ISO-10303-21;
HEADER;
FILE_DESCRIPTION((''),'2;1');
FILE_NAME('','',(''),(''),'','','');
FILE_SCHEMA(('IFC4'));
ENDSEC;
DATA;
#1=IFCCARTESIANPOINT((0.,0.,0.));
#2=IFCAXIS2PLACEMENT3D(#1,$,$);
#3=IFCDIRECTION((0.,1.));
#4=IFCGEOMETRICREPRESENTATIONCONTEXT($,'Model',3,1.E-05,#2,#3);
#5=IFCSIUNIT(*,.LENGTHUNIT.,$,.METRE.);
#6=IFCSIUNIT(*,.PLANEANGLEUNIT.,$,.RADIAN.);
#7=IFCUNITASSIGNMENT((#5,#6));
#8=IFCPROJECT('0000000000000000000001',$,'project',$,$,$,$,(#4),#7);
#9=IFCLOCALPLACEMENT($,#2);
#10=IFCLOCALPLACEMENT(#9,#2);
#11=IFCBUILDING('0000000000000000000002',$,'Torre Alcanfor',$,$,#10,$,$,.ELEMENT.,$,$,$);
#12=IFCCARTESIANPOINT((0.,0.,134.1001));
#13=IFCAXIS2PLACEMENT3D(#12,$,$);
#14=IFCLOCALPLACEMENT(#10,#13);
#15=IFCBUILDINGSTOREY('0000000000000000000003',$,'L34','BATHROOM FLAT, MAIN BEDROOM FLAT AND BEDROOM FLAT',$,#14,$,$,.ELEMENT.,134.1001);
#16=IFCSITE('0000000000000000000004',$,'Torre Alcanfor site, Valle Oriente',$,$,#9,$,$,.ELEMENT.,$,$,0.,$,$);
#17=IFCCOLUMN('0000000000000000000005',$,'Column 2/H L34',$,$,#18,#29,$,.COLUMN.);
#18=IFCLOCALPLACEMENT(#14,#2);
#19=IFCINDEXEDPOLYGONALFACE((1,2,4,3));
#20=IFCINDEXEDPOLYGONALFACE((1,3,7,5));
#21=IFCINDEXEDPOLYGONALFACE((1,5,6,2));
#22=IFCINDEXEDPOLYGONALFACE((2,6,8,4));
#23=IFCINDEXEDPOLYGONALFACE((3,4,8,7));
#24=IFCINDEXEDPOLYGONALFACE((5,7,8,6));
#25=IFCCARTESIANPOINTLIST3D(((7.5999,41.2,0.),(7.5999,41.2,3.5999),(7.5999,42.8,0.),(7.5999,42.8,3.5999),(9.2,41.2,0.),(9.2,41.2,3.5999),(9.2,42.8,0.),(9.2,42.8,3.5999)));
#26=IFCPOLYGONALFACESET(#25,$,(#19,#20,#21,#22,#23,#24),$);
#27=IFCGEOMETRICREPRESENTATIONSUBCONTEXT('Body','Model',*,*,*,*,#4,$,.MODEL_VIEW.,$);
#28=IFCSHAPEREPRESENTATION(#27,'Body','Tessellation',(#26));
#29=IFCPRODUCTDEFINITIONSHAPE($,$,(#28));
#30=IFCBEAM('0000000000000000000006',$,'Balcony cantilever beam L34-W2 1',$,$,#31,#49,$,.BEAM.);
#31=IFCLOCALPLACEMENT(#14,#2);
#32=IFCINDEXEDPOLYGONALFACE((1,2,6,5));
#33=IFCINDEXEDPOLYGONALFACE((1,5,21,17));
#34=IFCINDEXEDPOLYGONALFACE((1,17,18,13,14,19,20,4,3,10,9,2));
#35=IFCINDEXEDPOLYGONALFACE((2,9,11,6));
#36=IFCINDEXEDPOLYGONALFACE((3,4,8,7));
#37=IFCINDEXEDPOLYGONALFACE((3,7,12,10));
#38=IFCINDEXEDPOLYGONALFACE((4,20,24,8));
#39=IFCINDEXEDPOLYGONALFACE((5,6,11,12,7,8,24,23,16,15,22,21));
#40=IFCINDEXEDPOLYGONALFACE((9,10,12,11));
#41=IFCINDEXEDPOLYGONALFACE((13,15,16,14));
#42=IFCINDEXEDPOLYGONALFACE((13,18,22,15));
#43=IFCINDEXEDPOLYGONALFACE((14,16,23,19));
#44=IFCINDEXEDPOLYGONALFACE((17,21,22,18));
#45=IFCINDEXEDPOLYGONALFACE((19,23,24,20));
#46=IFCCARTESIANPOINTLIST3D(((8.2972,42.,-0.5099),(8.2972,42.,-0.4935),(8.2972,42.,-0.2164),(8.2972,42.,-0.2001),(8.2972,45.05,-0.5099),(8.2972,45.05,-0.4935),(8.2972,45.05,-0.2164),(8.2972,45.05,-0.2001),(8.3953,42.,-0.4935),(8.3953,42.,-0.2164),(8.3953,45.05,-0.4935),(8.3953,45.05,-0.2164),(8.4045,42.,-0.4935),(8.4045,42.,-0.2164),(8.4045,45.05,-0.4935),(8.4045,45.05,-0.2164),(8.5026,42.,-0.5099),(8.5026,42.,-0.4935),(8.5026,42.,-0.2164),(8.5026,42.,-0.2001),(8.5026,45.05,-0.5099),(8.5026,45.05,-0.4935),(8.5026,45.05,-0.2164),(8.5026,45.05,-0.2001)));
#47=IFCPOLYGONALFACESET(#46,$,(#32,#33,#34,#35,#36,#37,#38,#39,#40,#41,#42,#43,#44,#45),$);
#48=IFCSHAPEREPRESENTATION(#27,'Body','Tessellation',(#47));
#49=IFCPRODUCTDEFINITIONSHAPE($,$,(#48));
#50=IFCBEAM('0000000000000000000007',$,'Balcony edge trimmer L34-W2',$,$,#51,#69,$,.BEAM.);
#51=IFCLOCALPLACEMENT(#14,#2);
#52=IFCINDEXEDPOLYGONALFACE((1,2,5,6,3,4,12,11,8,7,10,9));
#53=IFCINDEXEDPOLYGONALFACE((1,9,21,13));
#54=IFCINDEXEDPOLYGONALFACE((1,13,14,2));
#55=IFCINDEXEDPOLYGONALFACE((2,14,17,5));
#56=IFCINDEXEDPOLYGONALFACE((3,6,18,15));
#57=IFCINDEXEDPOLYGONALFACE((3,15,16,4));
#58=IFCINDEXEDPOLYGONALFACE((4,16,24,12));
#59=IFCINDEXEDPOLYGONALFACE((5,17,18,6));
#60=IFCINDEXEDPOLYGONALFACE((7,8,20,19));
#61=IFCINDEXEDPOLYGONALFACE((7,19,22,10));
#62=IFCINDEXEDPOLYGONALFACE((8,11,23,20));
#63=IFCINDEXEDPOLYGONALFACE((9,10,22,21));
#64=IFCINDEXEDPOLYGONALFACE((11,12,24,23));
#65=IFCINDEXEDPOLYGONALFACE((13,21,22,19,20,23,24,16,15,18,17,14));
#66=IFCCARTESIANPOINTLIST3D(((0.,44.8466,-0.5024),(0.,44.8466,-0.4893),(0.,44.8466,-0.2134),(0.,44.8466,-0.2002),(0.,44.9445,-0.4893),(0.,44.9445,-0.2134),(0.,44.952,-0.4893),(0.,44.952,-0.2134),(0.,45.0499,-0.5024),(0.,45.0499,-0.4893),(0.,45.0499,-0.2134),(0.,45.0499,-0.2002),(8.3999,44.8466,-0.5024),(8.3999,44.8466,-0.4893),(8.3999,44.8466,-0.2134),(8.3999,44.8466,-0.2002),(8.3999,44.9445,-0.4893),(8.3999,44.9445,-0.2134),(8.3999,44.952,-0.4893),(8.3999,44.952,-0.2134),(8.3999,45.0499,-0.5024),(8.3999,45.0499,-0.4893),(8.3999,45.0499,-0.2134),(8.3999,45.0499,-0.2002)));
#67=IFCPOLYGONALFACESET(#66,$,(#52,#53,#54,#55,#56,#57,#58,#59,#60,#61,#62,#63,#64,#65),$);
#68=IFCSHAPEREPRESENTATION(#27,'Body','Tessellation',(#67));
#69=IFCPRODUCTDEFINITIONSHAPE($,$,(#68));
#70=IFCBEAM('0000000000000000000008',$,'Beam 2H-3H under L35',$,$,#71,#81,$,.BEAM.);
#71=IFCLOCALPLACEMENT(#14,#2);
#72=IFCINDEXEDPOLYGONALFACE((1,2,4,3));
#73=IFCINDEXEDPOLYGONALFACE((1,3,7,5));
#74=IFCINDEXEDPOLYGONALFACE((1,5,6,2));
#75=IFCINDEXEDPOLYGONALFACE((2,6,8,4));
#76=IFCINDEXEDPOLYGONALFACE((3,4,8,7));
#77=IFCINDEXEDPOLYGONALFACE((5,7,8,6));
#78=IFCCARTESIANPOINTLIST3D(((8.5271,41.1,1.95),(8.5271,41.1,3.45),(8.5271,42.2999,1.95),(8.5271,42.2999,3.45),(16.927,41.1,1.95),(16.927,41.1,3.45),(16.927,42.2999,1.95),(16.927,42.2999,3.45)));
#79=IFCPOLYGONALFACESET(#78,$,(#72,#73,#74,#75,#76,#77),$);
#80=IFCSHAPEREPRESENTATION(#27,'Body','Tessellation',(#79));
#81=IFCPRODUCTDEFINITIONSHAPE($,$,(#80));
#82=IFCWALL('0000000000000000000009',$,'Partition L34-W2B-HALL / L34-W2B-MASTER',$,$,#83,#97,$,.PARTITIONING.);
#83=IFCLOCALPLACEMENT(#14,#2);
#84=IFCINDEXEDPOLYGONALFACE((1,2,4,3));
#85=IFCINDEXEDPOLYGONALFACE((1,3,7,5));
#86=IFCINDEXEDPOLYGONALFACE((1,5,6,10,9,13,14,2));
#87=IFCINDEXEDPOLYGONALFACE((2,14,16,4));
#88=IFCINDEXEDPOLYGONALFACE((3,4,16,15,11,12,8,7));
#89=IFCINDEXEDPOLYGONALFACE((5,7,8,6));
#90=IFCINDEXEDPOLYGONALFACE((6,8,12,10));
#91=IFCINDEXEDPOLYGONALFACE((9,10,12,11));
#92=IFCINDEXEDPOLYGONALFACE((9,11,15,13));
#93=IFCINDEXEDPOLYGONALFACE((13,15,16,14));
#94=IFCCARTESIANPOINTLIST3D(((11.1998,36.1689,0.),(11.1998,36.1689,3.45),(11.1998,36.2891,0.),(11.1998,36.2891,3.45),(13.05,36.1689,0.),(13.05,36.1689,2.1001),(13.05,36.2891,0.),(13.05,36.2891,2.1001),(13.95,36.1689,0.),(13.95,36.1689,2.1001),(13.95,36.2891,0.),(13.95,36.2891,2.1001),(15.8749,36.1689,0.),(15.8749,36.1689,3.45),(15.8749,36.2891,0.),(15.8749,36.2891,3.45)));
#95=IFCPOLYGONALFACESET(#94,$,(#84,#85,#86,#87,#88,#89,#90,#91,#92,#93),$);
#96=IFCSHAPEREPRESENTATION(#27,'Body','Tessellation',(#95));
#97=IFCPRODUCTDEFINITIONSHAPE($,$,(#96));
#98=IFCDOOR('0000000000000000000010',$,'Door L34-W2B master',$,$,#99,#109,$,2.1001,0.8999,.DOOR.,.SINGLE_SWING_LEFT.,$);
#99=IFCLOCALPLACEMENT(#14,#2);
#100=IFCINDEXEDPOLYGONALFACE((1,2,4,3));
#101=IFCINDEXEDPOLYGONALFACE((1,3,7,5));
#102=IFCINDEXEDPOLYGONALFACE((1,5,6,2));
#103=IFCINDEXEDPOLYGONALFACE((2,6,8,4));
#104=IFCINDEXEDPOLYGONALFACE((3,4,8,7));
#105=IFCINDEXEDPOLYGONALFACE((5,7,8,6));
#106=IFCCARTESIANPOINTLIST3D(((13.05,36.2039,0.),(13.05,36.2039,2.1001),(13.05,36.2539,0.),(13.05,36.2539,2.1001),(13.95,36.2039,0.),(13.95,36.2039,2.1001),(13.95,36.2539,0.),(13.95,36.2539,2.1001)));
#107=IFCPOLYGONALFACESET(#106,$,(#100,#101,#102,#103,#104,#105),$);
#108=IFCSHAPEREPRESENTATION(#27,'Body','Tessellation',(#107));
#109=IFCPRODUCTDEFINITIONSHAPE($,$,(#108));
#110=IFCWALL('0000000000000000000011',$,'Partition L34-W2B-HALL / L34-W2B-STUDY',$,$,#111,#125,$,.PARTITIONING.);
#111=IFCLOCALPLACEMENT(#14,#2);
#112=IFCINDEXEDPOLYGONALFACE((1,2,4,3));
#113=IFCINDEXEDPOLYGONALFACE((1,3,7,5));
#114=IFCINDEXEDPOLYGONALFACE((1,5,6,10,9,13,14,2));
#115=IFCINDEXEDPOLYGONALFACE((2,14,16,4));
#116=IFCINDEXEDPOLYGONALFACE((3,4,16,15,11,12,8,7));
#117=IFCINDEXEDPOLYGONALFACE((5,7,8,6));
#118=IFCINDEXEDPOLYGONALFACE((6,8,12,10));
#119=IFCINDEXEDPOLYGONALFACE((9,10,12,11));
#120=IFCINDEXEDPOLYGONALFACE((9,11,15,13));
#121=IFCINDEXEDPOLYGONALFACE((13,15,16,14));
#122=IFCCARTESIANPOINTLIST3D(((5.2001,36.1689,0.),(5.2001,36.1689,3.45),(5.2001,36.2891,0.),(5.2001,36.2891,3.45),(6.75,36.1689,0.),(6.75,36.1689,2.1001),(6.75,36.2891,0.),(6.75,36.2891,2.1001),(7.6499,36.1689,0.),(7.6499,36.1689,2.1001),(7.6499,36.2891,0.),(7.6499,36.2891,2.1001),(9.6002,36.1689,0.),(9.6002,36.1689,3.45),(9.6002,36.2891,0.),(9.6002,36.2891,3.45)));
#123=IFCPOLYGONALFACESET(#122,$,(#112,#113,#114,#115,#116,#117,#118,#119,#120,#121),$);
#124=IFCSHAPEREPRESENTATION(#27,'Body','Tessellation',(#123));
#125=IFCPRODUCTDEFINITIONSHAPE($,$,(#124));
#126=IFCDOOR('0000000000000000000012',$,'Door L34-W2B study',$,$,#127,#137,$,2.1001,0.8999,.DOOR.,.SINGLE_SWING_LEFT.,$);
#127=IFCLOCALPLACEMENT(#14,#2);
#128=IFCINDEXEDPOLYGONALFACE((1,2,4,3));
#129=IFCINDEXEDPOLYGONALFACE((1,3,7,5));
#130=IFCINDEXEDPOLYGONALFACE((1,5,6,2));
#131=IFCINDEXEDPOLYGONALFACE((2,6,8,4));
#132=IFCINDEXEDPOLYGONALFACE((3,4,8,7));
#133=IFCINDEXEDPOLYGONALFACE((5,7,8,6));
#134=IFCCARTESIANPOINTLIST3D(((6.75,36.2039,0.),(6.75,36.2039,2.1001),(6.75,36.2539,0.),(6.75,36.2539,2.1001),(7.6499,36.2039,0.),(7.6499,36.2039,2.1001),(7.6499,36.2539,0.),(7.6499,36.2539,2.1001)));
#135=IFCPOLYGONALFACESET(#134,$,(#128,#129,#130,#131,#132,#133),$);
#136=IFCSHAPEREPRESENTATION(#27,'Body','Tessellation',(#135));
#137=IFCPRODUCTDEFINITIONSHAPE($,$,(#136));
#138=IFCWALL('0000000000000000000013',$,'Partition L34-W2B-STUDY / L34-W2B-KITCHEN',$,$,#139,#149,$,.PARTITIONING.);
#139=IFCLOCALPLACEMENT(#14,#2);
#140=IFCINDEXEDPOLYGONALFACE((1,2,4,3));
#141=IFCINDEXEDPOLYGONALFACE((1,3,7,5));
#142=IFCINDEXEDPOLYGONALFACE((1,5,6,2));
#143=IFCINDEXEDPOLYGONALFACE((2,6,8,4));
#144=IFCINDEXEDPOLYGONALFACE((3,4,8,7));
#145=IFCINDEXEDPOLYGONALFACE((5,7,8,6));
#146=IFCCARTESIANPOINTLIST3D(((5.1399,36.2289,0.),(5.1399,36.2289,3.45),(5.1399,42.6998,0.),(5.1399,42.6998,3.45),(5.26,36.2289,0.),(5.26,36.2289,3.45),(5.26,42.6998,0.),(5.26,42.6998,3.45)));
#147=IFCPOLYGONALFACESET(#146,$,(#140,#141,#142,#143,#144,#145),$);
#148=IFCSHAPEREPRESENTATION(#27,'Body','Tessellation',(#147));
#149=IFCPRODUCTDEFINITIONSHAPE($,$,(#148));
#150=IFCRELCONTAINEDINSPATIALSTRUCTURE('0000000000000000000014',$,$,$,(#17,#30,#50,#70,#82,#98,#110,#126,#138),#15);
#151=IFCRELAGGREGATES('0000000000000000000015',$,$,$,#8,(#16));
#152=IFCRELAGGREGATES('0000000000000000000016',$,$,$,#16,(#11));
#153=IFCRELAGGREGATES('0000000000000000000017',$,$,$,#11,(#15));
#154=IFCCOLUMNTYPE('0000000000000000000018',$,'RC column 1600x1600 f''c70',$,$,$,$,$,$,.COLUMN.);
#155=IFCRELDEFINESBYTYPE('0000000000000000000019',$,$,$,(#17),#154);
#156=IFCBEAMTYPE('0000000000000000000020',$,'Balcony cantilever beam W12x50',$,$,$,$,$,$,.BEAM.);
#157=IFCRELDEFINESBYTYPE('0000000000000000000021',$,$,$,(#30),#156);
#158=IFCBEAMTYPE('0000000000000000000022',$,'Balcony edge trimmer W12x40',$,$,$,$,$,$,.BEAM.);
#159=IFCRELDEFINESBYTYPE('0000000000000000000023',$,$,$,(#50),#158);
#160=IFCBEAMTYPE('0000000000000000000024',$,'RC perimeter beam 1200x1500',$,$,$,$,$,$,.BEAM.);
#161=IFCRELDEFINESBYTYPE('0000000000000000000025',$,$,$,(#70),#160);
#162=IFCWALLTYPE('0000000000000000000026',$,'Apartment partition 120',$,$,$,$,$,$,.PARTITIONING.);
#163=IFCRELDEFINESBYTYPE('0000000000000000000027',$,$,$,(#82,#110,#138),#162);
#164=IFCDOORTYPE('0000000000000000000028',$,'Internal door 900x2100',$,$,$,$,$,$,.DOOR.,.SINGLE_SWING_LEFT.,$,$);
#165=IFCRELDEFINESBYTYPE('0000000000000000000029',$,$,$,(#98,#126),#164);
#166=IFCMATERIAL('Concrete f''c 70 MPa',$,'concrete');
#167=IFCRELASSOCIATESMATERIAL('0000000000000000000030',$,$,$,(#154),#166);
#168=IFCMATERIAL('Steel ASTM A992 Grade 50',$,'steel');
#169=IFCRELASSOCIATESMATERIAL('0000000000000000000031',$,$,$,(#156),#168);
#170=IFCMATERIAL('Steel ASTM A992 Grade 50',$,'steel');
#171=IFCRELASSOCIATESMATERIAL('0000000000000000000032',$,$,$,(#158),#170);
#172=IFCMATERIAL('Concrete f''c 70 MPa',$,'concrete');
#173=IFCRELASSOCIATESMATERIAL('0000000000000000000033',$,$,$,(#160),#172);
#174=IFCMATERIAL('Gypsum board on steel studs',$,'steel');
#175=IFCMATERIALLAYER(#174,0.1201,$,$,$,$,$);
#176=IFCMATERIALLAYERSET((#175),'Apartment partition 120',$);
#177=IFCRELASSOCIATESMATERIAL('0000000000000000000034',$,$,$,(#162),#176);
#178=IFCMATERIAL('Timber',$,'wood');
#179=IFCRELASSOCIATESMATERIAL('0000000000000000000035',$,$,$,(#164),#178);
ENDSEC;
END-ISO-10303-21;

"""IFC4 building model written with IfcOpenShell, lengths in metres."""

from ifc_helpers import new_model, si_unit, direction, frame, frame_2d, origin, origin_2d, place, context, subcontext, project, spatial, rectangle, i_section, extrude, material, layer, layer_set, material_profile, profile_set, type_object, element, fill, save


model = new_model("IFC4")

# Units and contexts
model_context = context("Model", 3, precision=1e-05, world=origin(), true_north=direction((0.0, 1.0)))
body_context = subcontext(model_context, "Body", "Model", "MODEL_VIEW")
ifc_project = project(units=[si_unit("LENGTHUNIT", "METRE"), si_unit("PLANEANGLEUNIT", "RADIAN")], contexts=[model_context])

# Site, building, storey
site_placement = place(None, origin())
site = spatial("IfcSite", under=ifc_project, at=site_placement, Name="Torre Alcanfor site, Valle Oriente", CompositionType="ELEMENT", RefElevation=0.0)
building_placement = place(site_placement, origin())
building = spatial("IfcBuilding", under=site, at=building_placement, Name="Torre Alcanfor", CompositionType="ELEMENT")
storey_placement = place(building_placement, frame((0.0, 0.0, 134.1001)))
storey = spatial("IfcBuildingStorey", under=building, at=storey_placement, Name="L34", Description="BATHROOM FLAT, MAIN BEDROOM FLAT AND BEDROOM FLAT", CompositionType="ELEMENT", Elevation=134.1001)

# Column
ifc_material_1 = material(Name="Concrete f'c 70 MPa", Category="concrete")
ifc_material_profile_1 = material_profile(ifc_material_1, rectangle(XDim=1.6001, YDim=1.6001, at=origin_2d()), Name="1600x1600")
ifc_profile_set_1 = profile_set([ifc_material_profile_1], Name="Concrete f'c 70 MPa")
column_type = type_object("IfcColumnType", Name="RC column 1600x1600 f'c70", PredefinedType="COLUMN", material=ifc_profile_set_1)
column_placement = place(storey_placement, frame((8.3999, 42.0, 0.0), z_axis=(0.0, 0.0, 1.0), x_axis=(1.0, 0.0, 0.0)))
element("IfcColumn", 1, at=column_placement, inside=storey, type_object=column_type, Name="Column 2/H L34", PredefinedType="COLUMN", context=body_context, shape_type="SweptSolid", body=[
    extrude(rectangle(XDim=1.6001, YDim=1.6001, at=origin_2d()), origin(), (0.0, 0.0, 1.0), 3.5999),
])

# Beams
ifc_material_2 = material(Name="Steel ASTM A992 Grade 50", Category="steel")
ifc_material_profile_2 = material_profile(ifc_material_2, i_section(OverallWidth=0.2053, OverallDepth=0.3098, WebThickness=0.0093, FlangeThickness=0.0164, at=origin_2d()), Name="W12x50")
ifc_profile_set_2 = profile_set([ifc_material_profile_2], Name="Steel ASTM A992 Grade 50")
beam_type_1 = type_object("IfcBeamType", Name="Balcony cantilever beam W12x50", PredefinedType="BEAM", material=ifc_profile_set_2)
beam_1_placement = place(storey_placement, frame((8.3999, 42.0, -0.355), z_axis=(0.0, 1.0, 0.0), x_axis=(-1.0, 0.0, 0.0)))
element("IfcBeam", 2, at=beam_1_placement, inside=storey, type_object=beam_type_1, Name="Balcony cantilever beam L34-W2 1", PredefinedType="BEAM", context=body_context, shape_type="SweptSolid", body=[
    extrude(i_section(OverallWidth=0.2053, OverallDepth=0.3098, WebThickness=0.0093, FlangeThickness=0.0164, at=origin_2d()), origin(), (0.0, 0.0, 1.0), 3.05),
])
ifc_material_3 = material(Name="Steel ASTM A992 Grade 50", Category="steel")
ifc_material_profile_3 = material_profile(ifc_material_3, i_section(OverallWidth=0.2034, OverallDepth=0.3022, WebThickness=0.0076, FlangeThickness=0.0132, at=origin_2d()), Name="W12x40")
ifc_profile_set_3 = profile_set([ifc_material_profile_3], Name="Steel ASTM A992 Grade 50")
beam_type_2 = type_object("IfcBeamType", Name="Balcony edge trimmer W12x40", PredefinedType="BEAM", material=ifc_profile_set_3)
beam_2_placement = place(storey_placement, frame((8.3999, 44.9482, -0.3513), z_axis=(-1.0, 0.0, 0.0), x_axis=(0.0, -1.0, 0.0)))
element("IfcBeam", 3, at=beam_2_placement, inside=storey, type_object=beam_type_2, Name="Balcony edge trimmer L34-W2", PredefinedType="BEAM", context=body_context, shape_type="SweptSolid", body=[
    extrude(i_section(OverallWidth=0.2034, OverallDepth=0.3022, WebThickness=0.0076, FlangeThickness=0.0132, at=origin_2d()), origin(), (0.0, 0.0, 1.0), 8.3999),
])
ifc_material_4 = material(Name="Concrete f'c 70 MPa", Category="concrete")
ifc_material_profile_4 = material_profile(ifc_material_4, rectangle(XDim=1.2, YDim=1.5, at=origin_2d()), Name="1200x1500")
ifc_profile_set_4 = profile_set([ifc_material_profile_4], Name="Concrete f'c 70 MPa")
beam_type_3 = type_object("IfcBeamType", Name="RC perimeter beam 1200x1500", PredefinedType="BEAM", material=ifc_profile_set_4)
beam_3_placement = place(storey_placement, frame((8.5271, 41.7, 2.7), z_axis=(1.0, 0.0, 0.0), x_axis=(0.0, 1.0, 0.0)))
element("IfcBeam", 4, at=beam_3_placement, inside=storey, type_object=beam_type_3, Name="Beam 2H-3H under L35", PredefinedType="BEAM", context=body_context, shape_type="SweptSolid", body=[
    extrude(rectangle(XDim=1.2, YDim=1.5, at=origin_2d()), origin(), (0.0, 0.0, 1.0), 8.3999),
])

# Walls, openings, doors
ifc_material_5 = material(Name="Gypsum board on steel studs", Category="steel")
ifc_layer_1 = layer(ifc_material_5, 0.1201)
ifc_layer_set_1 = layer_set([ifc_layer_1], Name="Apartment partition 120")
wall_type_1 = type_object("IfcWallType", Name="Apartment partition 120", PredefinedType="PARTITIONING", material=ifc_layer_set_1)
wall_1_placement = place(storey_placement, frame((11.2, 36.229, 0.0), z_axis=(0.0, 0.0, 1.0), x_axis=(1.0, 0.0, 0.0)))
wall_1 = element("IfcWall", 5, at=wall_1_placement, inside=storey, type_object=wall_type_1, Name="Partition L34-W2B-HALL / L34-W2B-MASTER", PredefinedType="PARTITIONING", context=body_context, shape_type="SweptSolid", body=[
    extrude(rectangle(XDim=4.675, YDim=0.1201, at=frame_2d((2.3374, 0.0))), origin(), (0.0, 0.0, 1.0), 3.45),
])
opening_1_placement = place(wall_1_placement, frame((1.8501, 0.0, 0.0)))
opening_1 = element("IfcOpeningElement", 6, at=opening_1_placement, cuts=wall_1, PredefinedType="OPENING", context=body_context, shape_type="SweptSolid", body=[
    extrude(rectangle(XDim=0.8999, YDim=2.1001, at=frame_2d((0.45, 1.05))), frame((0.0, 0.0701, 0.0), z_axis=(0.0, -1.0, 0.0), x_axis=(1.0, 0.0, 0.0)), (0.0, 0.0, 1.0), 0.1401),
])
ifc_material_6 = material(Name="Timber", Category="wood")
door_type_1 = type_object("IfcDoorType", Name="Internal door 900x2100", OperationType="SINGLE_SWING_LEFT", PredefinedType="DOOR", material=ifc_material_6)
door_1_placement = place(opening_1_placement, origin())
door_1 = element("IfcDoor", 7, at=door_1_placement, inside=storey, type_object=door_type_1, Name="Door L34-W2B master", OperationType="SINGLE_SWING_LEFT", OverallHeight=2.1001, OverallWidth=0.8999, PredefinedType="DOOR", context=body_context, shape_type="SweptSolid", body=[
    extrude(rectangle(XDim=0.8999, YDim=2.1001, at=frame_2d((0.45, 1.05))), frame((0.0, 0.0249, 0.0), z_axis=(0.0, -1.0, 0.0), x_axis=(1.0, 0.0, 0.0)), (0.0, 0.0, 1.0), 0.05),
])
fill(opening_1, door_1)
wall_2_placement = place(storey_placement, frame((5.2, 36.229, 0.0), z_axis=(0.0, 0.0, 1.0), x_axis=(1.0, 0.0, 0.0)))
wall_2 = element("IfcWall", 8, at=wall_2_placement, inside=storey, type_object=wall_type_1, Name="Partition L34-W2B-HALL / L34-W2B-STUDY", PredefinedType="PARTITIONING", context=body_context, shape_type="SweptSolid", body=[
    extrude(rectangle(XDim=4.4001, YDim=0.1201, at=frame_2d((2.2002, 0.0))), origin(), (0.0, 0.0, 1.0), 3.45),
])
opening_2_placement = place(wall_2_placement, frame((1.55, 0.0, 0.0)))
opening_2 = element("IfcOpeningElement", 9, at=opening_2_placement, cuts=wall_2, PredefinedType="OPENING", context=body_context, shape_type="SweptSolid", body=[
    extrude(rectangle(XDim=0.8999, YDim=2.1001, at=frame_2d((0.45, 1.05))), frame((0.0, 0.0701, 0.0), z_axis=(0.0, -1.0, 0.0), x_axis=(1.0, 0.0, 0.0)), (0.0, 0.0, 1.0), 0.1401),
])
door_2_placement = place(opening_2_placement, origin())
door_2 = element("IfcDoor", 10, at=door_2_placement, inside=storey, type_object=door_type_1, Name="Door L34-W2B study", OperationType="SINGLE_SWING_LEFT", OverallHeight=2.1001, OverallWidth=0.8999, PredefinedType="DOOR", context=body_context, shape_type="SweptSolid", body=[
    extrude(rectangle(XDim=0.8999, YDim=2.1001, at=frame_2d((0.45, 1.05))), frame((0.0, 0.0249, 0.0), z_axis=(0.0, -1.0, 0.0), x_axis=(1.0, 0.0, 0.0)), (0.0, 0.0, 1.0), 0.05),
])
fill(opening_2, door_2)

# Wall
wall_3_placement = place(storey_placement, frame((5.2, 36.229, 0.0), z_axis=(0.0, 0.0, 1.0), x_axis=(0.0, 1.0, 0.0)))
element("IfcWall", 11, at=wall_3_placement, inside=storey, type_object=wall_type_1, Name="Partition L34-W2B-STUDY / L34-W2B-KITCHEN", PredefinedType="PARTITIONING", context=body_context, shape_type="SweptSolid", body=[
    extrude(rectangle(XDim=6.4709, YDim=0.1201, at=frame_2d((3.2354, 0.0))), origin(), (0.0, 0.0, 1.0), 3.45),
])

save(model, "model.ifc")
